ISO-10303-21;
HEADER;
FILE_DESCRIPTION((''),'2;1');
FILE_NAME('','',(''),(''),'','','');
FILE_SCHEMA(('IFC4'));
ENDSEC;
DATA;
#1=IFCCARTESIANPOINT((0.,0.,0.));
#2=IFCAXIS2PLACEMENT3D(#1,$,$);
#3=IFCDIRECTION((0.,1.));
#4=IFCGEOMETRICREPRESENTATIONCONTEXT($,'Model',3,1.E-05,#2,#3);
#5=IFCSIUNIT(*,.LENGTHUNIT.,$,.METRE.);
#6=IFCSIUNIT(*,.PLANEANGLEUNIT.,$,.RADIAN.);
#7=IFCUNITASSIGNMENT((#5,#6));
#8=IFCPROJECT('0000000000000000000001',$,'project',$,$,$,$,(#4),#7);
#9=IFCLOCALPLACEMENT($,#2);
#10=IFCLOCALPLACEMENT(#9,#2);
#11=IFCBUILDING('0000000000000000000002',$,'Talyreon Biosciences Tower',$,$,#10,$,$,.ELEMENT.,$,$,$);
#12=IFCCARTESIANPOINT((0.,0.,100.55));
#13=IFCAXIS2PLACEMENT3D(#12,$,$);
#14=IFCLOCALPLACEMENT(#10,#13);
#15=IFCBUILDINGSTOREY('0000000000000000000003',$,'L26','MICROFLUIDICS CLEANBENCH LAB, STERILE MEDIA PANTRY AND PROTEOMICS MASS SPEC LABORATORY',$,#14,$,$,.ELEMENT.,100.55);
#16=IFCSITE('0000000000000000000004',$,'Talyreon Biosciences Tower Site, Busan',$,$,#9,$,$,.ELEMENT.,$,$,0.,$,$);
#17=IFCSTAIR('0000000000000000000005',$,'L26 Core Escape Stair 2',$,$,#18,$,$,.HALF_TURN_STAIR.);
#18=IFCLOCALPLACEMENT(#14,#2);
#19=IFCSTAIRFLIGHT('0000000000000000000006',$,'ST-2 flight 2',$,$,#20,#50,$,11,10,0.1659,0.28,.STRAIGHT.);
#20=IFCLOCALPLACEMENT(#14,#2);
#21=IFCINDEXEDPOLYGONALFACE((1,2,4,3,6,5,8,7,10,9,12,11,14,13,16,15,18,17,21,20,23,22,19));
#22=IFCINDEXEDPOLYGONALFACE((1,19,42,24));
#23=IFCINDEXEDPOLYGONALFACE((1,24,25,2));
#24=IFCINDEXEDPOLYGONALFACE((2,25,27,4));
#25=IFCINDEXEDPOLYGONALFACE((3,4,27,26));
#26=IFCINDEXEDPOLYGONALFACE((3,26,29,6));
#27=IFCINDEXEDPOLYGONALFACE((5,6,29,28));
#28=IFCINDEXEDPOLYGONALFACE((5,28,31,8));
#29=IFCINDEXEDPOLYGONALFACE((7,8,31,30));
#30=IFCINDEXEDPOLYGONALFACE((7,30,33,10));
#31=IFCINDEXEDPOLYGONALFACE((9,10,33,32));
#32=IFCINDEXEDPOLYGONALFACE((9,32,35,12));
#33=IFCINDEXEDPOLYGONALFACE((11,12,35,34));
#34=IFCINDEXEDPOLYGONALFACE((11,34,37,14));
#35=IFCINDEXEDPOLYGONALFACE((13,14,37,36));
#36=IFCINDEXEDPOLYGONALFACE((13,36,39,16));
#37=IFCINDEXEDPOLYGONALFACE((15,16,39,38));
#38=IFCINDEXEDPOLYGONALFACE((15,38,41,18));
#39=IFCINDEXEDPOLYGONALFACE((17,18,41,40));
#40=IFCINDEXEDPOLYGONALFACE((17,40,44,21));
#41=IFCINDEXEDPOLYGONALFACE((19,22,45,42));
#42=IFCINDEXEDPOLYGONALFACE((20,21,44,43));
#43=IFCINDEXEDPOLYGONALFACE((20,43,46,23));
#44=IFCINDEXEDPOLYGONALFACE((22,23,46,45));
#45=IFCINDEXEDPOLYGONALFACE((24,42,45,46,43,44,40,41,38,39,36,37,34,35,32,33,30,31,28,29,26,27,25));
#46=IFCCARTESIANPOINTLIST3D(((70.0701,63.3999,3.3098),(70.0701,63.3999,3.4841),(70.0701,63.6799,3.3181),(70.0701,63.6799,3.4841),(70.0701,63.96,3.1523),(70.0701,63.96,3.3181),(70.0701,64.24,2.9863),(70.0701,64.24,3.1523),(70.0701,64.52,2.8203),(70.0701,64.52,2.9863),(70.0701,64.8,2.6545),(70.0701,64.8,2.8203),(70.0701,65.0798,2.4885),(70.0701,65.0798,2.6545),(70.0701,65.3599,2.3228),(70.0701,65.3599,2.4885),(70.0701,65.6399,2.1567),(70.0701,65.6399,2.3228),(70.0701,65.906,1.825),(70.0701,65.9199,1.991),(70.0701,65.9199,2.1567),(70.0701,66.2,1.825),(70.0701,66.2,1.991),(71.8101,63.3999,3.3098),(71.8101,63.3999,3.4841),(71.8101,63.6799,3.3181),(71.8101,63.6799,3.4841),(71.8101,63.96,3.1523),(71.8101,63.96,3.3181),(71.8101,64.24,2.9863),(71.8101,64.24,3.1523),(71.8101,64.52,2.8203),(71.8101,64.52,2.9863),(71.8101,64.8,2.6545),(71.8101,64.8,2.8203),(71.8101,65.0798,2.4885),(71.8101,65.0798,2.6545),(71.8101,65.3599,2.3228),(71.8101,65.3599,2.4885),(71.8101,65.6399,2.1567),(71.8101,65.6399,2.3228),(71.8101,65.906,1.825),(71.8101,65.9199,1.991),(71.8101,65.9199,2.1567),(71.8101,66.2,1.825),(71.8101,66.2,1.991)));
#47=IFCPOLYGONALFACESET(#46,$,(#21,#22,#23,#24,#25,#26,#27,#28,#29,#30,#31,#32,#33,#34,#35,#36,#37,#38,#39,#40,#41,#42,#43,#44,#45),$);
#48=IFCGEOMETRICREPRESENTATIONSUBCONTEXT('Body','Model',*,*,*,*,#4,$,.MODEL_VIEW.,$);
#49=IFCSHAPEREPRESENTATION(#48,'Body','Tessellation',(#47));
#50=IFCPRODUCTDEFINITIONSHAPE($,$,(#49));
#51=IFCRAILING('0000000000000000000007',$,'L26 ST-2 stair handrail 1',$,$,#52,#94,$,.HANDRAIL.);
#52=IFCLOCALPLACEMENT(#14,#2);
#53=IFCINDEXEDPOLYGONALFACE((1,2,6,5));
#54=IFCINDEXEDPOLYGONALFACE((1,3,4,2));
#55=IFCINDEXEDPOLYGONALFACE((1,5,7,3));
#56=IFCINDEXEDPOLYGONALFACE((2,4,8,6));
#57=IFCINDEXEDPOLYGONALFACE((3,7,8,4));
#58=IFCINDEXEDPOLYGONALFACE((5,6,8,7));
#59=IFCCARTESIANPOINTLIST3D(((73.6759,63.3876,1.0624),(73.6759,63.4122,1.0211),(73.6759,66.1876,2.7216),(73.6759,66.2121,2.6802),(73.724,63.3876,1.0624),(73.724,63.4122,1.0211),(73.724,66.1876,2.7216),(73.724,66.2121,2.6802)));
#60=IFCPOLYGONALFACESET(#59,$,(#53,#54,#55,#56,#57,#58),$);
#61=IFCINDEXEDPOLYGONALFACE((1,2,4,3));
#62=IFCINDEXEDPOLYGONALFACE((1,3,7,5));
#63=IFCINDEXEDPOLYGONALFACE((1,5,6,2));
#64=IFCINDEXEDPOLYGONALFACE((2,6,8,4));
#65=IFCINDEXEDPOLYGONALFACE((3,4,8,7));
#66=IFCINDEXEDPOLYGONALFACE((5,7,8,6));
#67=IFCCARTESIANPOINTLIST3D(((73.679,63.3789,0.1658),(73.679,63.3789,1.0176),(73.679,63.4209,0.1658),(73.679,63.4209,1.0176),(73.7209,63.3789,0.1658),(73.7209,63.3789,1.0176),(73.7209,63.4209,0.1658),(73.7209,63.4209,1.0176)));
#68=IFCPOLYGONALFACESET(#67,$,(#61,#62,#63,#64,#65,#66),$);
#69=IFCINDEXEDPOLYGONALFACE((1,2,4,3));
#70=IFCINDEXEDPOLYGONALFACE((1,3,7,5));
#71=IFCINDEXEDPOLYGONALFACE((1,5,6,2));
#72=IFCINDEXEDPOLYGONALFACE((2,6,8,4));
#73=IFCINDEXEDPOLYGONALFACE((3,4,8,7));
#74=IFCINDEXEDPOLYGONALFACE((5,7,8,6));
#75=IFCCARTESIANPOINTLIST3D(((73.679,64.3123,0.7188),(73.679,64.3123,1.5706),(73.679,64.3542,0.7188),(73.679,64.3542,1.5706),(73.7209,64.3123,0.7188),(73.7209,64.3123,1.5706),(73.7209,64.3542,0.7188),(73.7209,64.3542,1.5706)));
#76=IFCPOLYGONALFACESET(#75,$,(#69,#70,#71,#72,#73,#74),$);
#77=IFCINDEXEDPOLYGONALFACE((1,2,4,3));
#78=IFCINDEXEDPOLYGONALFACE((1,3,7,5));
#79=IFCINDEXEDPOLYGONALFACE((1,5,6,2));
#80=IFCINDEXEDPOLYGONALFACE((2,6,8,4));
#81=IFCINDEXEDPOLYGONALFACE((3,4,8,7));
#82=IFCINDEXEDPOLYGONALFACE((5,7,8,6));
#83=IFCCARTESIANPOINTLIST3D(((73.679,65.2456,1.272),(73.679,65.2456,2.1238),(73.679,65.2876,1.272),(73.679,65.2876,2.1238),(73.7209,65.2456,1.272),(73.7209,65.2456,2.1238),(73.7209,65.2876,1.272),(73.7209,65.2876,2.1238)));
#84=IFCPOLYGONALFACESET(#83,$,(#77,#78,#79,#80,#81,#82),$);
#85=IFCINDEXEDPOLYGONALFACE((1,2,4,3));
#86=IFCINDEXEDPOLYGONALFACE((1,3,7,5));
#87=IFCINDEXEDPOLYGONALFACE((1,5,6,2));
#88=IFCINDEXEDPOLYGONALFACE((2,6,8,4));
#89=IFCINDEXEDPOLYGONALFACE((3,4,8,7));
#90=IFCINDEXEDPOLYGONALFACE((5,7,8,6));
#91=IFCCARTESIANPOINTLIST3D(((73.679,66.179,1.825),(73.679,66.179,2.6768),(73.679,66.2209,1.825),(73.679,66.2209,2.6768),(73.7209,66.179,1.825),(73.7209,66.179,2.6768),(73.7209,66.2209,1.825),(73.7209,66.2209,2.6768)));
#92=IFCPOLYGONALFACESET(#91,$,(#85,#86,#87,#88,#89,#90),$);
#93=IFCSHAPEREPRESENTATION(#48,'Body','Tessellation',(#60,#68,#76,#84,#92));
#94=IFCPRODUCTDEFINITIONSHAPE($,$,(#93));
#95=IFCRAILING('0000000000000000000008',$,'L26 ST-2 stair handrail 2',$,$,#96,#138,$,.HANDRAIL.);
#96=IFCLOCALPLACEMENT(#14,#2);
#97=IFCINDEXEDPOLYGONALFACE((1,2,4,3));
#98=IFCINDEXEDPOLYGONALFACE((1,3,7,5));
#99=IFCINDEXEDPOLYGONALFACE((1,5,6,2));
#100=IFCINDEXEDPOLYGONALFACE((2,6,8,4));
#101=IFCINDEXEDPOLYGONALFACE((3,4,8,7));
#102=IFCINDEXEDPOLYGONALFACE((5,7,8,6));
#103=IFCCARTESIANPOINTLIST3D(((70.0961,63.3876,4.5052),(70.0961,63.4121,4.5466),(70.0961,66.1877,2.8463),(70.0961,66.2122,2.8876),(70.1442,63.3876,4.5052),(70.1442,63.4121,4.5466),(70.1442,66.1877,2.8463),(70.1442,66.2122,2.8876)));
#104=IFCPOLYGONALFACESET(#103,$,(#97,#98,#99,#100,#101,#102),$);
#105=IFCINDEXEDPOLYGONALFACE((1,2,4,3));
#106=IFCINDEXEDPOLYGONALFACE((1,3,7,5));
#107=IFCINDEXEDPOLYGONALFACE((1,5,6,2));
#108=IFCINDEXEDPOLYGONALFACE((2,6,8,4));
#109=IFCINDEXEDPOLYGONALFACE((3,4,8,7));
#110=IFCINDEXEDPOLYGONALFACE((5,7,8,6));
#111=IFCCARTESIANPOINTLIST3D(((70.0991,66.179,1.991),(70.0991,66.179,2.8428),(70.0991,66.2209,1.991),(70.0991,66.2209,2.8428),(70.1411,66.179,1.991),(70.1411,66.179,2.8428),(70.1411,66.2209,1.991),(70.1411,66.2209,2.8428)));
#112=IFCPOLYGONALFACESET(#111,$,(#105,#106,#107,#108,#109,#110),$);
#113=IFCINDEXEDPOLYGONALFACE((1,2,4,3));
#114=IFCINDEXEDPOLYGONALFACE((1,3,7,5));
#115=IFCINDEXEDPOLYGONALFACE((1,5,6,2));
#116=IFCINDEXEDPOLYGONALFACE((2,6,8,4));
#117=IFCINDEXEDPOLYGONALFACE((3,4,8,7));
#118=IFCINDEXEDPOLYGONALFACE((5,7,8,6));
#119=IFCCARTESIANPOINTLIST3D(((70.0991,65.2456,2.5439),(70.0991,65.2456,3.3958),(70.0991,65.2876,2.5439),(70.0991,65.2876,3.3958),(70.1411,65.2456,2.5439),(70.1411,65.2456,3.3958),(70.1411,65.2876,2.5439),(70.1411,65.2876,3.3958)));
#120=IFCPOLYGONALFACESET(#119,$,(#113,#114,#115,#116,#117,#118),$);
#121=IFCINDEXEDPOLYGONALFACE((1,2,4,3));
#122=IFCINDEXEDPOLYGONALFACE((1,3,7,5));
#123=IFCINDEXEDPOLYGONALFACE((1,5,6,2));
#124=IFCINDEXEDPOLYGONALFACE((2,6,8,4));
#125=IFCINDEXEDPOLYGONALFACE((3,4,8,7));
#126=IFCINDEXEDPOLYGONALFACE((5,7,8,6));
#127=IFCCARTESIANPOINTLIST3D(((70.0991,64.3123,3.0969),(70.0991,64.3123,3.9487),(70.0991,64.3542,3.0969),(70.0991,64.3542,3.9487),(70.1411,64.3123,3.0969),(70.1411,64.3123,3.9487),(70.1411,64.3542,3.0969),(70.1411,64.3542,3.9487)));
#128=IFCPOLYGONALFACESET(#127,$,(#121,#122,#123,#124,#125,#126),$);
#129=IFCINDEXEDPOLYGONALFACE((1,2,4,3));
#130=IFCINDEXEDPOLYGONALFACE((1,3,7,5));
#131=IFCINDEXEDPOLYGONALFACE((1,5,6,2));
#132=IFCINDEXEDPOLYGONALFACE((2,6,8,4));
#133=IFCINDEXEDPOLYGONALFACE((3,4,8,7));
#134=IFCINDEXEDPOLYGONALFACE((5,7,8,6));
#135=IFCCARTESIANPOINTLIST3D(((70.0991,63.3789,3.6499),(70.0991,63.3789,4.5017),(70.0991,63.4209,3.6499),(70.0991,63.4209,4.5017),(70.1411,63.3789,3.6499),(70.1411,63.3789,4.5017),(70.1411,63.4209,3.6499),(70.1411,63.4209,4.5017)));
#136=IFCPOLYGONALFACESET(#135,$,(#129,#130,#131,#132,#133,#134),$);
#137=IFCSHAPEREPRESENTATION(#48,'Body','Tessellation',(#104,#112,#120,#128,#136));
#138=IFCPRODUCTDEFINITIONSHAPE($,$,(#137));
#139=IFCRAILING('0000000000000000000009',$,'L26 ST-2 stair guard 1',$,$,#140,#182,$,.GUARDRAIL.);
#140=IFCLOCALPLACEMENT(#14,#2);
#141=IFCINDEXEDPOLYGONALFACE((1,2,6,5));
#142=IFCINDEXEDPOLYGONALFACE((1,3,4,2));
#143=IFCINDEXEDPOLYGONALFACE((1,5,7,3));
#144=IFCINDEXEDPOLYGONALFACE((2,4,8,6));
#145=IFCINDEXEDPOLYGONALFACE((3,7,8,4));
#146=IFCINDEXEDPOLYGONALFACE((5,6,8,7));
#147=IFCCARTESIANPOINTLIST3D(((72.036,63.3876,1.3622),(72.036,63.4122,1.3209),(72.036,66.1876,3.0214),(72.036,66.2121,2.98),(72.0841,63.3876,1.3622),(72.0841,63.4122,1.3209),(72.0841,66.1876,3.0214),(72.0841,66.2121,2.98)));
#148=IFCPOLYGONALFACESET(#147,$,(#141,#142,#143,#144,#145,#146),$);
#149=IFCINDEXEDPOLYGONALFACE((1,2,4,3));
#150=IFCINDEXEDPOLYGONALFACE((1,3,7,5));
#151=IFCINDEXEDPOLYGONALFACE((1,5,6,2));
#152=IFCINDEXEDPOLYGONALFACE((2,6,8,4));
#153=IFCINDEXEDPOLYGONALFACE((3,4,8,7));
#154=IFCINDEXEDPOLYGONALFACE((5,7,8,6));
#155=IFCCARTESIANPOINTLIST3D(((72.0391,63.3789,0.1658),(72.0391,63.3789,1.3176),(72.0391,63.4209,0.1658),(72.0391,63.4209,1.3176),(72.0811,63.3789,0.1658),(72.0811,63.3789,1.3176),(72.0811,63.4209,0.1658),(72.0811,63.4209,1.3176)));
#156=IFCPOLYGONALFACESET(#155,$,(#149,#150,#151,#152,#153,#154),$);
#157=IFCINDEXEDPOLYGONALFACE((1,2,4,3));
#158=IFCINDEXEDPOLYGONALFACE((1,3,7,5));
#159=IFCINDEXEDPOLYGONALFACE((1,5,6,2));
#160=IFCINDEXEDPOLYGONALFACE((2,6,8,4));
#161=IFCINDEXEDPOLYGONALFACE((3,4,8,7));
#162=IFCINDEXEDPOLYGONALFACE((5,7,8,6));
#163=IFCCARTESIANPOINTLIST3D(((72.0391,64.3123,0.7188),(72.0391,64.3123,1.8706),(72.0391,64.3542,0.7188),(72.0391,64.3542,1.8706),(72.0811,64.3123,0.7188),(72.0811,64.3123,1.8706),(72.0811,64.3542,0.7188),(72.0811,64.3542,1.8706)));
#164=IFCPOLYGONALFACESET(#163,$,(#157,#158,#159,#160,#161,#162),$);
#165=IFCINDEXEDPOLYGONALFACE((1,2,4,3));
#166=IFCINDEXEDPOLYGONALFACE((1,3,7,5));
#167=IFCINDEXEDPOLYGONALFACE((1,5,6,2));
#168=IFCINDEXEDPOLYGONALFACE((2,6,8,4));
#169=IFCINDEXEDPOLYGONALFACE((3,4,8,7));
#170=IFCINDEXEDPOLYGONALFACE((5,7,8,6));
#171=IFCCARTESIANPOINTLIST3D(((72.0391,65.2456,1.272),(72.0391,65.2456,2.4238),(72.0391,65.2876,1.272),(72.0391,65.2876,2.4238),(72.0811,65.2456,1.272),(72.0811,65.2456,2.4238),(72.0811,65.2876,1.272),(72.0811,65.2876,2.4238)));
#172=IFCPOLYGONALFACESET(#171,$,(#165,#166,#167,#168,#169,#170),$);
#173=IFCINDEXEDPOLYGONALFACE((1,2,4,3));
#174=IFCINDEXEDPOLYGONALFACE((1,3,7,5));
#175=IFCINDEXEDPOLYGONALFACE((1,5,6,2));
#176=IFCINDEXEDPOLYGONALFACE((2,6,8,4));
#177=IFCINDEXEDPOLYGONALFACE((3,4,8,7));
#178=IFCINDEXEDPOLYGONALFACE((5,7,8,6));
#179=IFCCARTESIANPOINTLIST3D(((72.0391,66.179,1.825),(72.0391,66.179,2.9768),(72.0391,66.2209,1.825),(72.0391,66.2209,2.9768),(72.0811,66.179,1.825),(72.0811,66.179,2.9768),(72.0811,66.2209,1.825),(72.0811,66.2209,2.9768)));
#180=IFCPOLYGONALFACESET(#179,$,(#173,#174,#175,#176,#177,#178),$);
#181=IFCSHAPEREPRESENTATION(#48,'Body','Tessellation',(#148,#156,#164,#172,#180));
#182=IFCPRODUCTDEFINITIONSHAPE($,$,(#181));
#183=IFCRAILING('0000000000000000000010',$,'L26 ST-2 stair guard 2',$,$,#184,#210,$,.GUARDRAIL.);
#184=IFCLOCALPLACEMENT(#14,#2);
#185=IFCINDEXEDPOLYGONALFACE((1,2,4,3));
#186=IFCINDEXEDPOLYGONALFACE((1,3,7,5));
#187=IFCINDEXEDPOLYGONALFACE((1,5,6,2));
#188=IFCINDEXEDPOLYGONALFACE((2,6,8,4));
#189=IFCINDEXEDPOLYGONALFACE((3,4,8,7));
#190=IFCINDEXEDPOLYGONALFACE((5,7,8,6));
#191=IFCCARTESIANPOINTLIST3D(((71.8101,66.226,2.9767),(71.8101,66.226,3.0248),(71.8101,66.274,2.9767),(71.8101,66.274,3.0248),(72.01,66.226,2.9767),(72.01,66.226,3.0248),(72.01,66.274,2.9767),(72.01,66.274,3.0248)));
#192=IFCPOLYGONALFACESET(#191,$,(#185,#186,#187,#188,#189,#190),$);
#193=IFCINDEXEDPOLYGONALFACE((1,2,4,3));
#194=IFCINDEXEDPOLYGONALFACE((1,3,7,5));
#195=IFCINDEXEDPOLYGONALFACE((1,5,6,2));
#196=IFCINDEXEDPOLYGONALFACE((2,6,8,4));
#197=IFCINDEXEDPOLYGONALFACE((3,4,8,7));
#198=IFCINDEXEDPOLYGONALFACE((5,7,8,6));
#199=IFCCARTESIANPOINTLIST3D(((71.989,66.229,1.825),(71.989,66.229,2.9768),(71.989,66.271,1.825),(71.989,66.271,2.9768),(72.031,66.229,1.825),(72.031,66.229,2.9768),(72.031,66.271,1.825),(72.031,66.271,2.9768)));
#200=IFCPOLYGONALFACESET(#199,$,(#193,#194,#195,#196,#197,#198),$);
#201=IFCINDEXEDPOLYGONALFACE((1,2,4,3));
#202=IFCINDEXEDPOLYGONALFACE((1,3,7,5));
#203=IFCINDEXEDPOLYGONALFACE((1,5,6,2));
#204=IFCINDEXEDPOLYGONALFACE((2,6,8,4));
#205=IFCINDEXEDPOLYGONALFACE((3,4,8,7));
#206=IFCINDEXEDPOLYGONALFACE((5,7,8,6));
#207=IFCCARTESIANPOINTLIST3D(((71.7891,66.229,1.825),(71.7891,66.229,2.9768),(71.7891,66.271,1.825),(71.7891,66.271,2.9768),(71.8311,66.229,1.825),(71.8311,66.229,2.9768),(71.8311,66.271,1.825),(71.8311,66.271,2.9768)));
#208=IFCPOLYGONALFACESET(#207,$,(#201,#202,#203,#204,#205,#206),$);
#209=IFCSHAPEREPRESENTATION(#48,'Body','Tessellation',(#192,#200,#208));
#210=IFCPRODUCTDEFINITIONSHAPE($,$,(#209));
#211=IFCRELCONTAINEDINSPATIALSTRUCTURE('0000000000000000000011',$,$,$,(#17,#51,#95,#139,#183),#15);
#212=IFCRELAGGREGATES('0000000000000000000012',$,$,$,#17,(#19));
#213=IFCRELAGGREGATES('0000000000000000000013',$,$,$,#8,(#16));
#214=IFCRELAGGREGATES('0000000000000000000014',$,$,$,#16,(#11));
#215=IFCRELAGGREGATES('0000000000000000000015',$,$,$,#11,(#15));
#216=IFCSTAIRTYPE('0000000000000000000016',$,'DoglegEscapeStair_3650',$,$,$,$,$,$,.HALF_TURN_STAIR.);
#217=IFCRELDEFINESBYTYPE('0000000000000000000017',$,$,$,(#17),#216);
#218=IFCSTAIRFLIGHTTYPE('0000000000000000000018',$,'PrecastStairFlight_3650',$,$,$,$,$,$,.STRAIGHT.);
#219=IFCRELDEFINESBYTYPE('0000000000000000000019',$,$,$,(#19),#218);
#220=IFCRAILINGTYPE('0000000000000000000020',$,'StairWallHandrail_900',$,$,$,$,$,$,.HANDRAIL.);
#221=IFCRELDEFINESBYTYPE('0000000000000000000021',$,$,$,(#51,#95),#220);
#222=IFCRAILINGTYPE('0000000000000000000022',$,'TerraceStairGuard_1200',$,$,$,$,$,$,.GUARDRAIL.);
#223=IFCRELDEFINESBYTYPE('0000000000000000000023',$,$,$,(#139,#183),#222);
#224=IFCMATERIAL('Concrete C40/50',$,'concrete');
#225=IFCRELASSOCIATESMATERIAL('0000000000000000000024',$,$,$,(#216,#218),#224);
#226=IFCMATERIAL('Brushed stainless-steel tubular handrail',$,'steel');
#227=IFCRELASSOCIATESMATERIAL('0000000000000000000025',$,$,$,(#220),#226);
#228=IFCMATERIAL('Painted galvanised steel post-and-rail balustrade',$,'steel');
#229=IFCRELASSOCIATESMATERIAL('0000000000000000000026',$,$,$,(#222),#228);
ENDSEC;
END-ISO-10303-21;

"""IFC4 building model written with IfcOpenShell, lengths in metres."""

from ifc_helpers import new_model, si_unit, direction, frame, origin, origin_2d, place, context, subcontext, project, spatial, polyline, rectangle, outline, extrude, material, type_object, element, aggregate, save


model = new_model("IFC4")

# Units and contexts
model_context = context("Model", 3, precision=1e-05, world=origin(), true_north=direction((0.0, 1.0)))
body_context = subcontext(model_context, "Body", "Model", "MODEL_VIEW")
ifc_project = project(units=[si_unit("LENGTHUNIT", "METRE"), si_unit("PLANEANGLEUNIT", "RADIAN")], contexts=[model_context])

# Site, building, storey
site_placement = place(None, origin())
site = spatial("IfcSite", under=ifc_project, at=site_placement, Name="Talyreon Biosciences Tower Site, Busan", CompositionType="ELEMENT", RefElevation=0.0)
building_placement = place(site_placement, origin())
building = spatial("IfcBuilding", under=site, at=building_placement, Name="Talyreon Biosciences Tower", CompositionType="ELEMENT")
storey_placement = place(building_placement, frame((0.0, 0.0, 100.55)))
storey = spatial("IfcBuildingStorey", under=building, at=storey_placement, Name="L26", Description="MICROFLUIDICS CLEANBENCH LAB, STERILE MEDIA PANTRY AND PROTEOMICS MASS SPEC LABORATORY", CompositionType="ELEMENT", Elevation=100.55)

# Stair, stair flight
ifc_material_1 = material(Name="Concrete C40/50", Category="concrete")
stair_type = type_object("IfcStairType", Name="DoglegEscapeStair_3650", PredefinedType="HALF_TURN_STAIR", material=ifc_material_1)
stair_placement = place(storey_placement, origin())
stair = element("IfcStair", 1, at=stair_placement, inside=storey, type_object=stair_type, Name="L26 Core Escape Stair 2", PredefinedType="HALF_TURN_STAIR")
stair_flight_type = type_object("IfcStairFlightType", Name="PrecastStairFlight_3650", PredefinedType="STRAIGHT", material=ifc_material_1)
stair_flight_1_placement = place(storey_placement, frame((70.9399, 66.2, 1.825), z_axis=(0.0, 0.0, 1.0), x_axis=(0.0, -1.0, 0.0)))
stair_flight_1 = element("IfcStairFlight", 2, at=stair_flight_1_placement, type_object=stair_flight_type, Name="ST-2 flight 2", NumberOfRisers=11, NumberOfTreads=10, PredefinedType="STRAIGHT", RiserHeight=0.1659, TreadLength=0.28, context=body_context, shape_type="SweptSolid", body=[
    extrude(outline(polyline([(0.0, 0.0), (0.0, 0.166), (0.28, 0.166), (0.28, 0.3318), (0.5601, 0.3318), (0.5601, 0.4978), (0.8401, 0.4978), (0.8401, 0.6636), (1.1201, 0.6636), (1.1201, 0.8296), (1.3999, 0.8296), (1.3999, 0.9954), (1.6799, 0.9954), (1.6799, 1.1614), (1.96, 1.1614), (1.96, 1.3274), (2.24, 1.3274), (2.24, 1.4932), (2.52, 1.4932), (2.52, 1.6592), (2.8, 1.6592), (2.8, 1.825), (2.8, 1.4849), (0.2939, 0.0), (0.0, 0.0)])), frame((0.0, 0.8701, 0.0), z_axis=(0.0, -1.0, 0.0), x_axis=(1.0, 0.0, 0.0)), (0.0, 0.0, 1.0), 1.74),
])
aggregate(stair, [stair_flight_1])

# Railings
ifc_material_2 = material(Name="Brushed stainless-steel tubular handrail", Category="steel")
railing_type_1 = type_object("IfcRailingType", Name="StairWallHandrail_900", PredefinedType="HANDRAIL", material=ifc_material_2)
railing_1_placement = place(storey_placement, frame((73.7, 63.3999, 0.1658)))
element("IfcRailing", 3, at=railing_1_placement, inside=storey, type_object=railing_type_1, Name="L26 ST-2 stair handrail 1", PredefinedType="HANDRAIL", context=body_context, shape_type="SweptSolid", body=[
    extrude(rectangle(XDim=0.0481, YDim=0.0481, at=origin_2d()), frame((0.0, 0.0, 0.876), z_axis=(0.0, 0.860306, 0.509778), x_axis=(-1.0, 0.0, 0.0)), (0.0, 0.0, 1.0), 3.2546),
    extrude(rectangle(XDim=0.042, YDim=0.042, at=origin_2d()), origin(), (0.0, 0.0, 1.0), 0.8518),
    extrude(rectangle(XDim=0.042, YDim=0.042, at=origin_2d()), frame((0.0, 0.9333, 0.553)), (0.0, 0.0, 1.0), 0.8518),
    extrude(rectangle(XDim=0.042, YDim=0.042, at=origin_2d()), frame((0.0, 1.8667, 1.1062)), (0.0, 0.0, 1.0), 0.8518),
    extrude(rectangle(XDim=0.042, YDim=0.042, at=origin_2d()), frame((0.0, 2.8, 1.6592)), (0.0, 0.0, 1.0), 0.8518),
])
railing_2_placement = place(storey_placement, frame((70.1201, 66.2, 1.991)))
element("IfcRailing", 4, at=railing_2_placement, inside=storey, type_object=railing_type_1, Name="L26 ST-2 stair handrail 2", PredefinedType="HANDRAIL", context=body_context, shape_type="SweptSolid", body=[
    extrude(rectangle(XDim=0.0481, YDim=0.0481, at=origin_2d()), frame((0.0, 0.0, 0.876), z_axis=(0.0, -0.860339, 0.509722), x_axis=(1.0, 0.0, 0.0)), (0.0, 0.0, 1.0), 3.2546),
    extrude(rectangle(XDim=0.042, YDim=0.042, at=origin_2d()), origin(), (0.0, 0.0, 1.0), 0.8518),
    extrude(rectangle(XDim=0.042, YDim=0.042, at=origin_2d()), frame((0.0, -0.9333, 0.553)), (0.0, 0.0, 1.0), 0.8518),
    extrude(rectangle(XDim=0.042, YDim=0.042, at=origin_2d()), frame((0.0, -1.8667, 1.106)), (0.0, 0.0, 1.0), 0.8518),
    extrude(rectangle(XDim=0.042, YDim=0.042, at=origin_2d()), frame((0.0, -2.8, 1.6589)), (0.0, 0.0, 1.0), 0.8518),
])
ifc_material_3 = material(Name="Painted galvanised steel post-and-rail balustrade", Category="steel")
railing_type_2 = type_object("IfcRailingType", Name="TerraceStairGuard_1200", PredefinedType="GUARDRAIL", material=ifc_material_3)
railing_3_placement = place(storey_placement, frame((72.0601, 63.3999, 0.1658)))
element("IfcRailing", 5, at=railing_3_placement, inside=storey, type_object=railing_type_2, Name="L26 ST-2 stair guard 1", PredefinedType="GUARDRAIL", context=body_context, shape_type="SweptSolid", body=[
    extrude(rectangle(XDim=0.0481, YDim=0.0481, at=origin_2d()), frame((0.0, 0.0, 1.1758), z_axis=(0.0, 0.860306, 0.509778), x_axis=(-1.0, 0.0, 0.0)), (0.0, 0.0, 1.0), 3.2546),
    extrude(rectangle(XDim=0.042, YDim=0.042, at=origin_2d()), origin(), (0.0, 0.0, 1.0), 1.1519),
    extrude(rectangle(XDim=0.042, YDim=0.042, at=origin_2d()), frame((0.0, 0.9333, 0.553)), (0.0, 0.0, 1.0), 1.1519),
    extrude(rectangle(XDim=0.042, YDim=0.042, at=origin_2d()), frame((0.0, 1.8667, 1.1062)), (0.0, 0.0, 1.0), 1.1519),
    extrude(rectangle(XDim=0.042, YDim=0.042, at=origin_2d()), frame((0.0, 2.8, 1.6592)), (0.0, 0.0, 1.0), 1.1519),
])
railing_4_placement = place(storey_placement, frame((72.01, 66.25, 1.825)))
element("IfcRailing", 6, at=railing_4_placement, inside=storey, type_object=railing_type_2, Name="L26 ST-2 stair guard 2", PredefinedType="GUARDRAIL", context=body_context, shape_type="SweptSolid", body=[
    extrude(rectangle(XDim=0.0481, YDim=0.0481, at=origin_2d()), frame((0.0, 0.0, 1.1758), z_axis=(-1.0, 0.0, 0.0), x_axis=(0.0, -1.0, 0.0)), (0.0, 0.0, 1.0), 0.2),
    extrude(rectangle(XDim=0.042, YDim=0.042, at=origin_2d()), origin(), (0.0, 0.0, 1.0), 1.1519),
    extrude(rectangle(XDim=0.042, YDim=0.042, at=origin_2d()), frame((-0.2, 0.0, 0.0)), (0.0, 0.0, 1.0), 1.1519),
])

save(model, "model.ifc")
